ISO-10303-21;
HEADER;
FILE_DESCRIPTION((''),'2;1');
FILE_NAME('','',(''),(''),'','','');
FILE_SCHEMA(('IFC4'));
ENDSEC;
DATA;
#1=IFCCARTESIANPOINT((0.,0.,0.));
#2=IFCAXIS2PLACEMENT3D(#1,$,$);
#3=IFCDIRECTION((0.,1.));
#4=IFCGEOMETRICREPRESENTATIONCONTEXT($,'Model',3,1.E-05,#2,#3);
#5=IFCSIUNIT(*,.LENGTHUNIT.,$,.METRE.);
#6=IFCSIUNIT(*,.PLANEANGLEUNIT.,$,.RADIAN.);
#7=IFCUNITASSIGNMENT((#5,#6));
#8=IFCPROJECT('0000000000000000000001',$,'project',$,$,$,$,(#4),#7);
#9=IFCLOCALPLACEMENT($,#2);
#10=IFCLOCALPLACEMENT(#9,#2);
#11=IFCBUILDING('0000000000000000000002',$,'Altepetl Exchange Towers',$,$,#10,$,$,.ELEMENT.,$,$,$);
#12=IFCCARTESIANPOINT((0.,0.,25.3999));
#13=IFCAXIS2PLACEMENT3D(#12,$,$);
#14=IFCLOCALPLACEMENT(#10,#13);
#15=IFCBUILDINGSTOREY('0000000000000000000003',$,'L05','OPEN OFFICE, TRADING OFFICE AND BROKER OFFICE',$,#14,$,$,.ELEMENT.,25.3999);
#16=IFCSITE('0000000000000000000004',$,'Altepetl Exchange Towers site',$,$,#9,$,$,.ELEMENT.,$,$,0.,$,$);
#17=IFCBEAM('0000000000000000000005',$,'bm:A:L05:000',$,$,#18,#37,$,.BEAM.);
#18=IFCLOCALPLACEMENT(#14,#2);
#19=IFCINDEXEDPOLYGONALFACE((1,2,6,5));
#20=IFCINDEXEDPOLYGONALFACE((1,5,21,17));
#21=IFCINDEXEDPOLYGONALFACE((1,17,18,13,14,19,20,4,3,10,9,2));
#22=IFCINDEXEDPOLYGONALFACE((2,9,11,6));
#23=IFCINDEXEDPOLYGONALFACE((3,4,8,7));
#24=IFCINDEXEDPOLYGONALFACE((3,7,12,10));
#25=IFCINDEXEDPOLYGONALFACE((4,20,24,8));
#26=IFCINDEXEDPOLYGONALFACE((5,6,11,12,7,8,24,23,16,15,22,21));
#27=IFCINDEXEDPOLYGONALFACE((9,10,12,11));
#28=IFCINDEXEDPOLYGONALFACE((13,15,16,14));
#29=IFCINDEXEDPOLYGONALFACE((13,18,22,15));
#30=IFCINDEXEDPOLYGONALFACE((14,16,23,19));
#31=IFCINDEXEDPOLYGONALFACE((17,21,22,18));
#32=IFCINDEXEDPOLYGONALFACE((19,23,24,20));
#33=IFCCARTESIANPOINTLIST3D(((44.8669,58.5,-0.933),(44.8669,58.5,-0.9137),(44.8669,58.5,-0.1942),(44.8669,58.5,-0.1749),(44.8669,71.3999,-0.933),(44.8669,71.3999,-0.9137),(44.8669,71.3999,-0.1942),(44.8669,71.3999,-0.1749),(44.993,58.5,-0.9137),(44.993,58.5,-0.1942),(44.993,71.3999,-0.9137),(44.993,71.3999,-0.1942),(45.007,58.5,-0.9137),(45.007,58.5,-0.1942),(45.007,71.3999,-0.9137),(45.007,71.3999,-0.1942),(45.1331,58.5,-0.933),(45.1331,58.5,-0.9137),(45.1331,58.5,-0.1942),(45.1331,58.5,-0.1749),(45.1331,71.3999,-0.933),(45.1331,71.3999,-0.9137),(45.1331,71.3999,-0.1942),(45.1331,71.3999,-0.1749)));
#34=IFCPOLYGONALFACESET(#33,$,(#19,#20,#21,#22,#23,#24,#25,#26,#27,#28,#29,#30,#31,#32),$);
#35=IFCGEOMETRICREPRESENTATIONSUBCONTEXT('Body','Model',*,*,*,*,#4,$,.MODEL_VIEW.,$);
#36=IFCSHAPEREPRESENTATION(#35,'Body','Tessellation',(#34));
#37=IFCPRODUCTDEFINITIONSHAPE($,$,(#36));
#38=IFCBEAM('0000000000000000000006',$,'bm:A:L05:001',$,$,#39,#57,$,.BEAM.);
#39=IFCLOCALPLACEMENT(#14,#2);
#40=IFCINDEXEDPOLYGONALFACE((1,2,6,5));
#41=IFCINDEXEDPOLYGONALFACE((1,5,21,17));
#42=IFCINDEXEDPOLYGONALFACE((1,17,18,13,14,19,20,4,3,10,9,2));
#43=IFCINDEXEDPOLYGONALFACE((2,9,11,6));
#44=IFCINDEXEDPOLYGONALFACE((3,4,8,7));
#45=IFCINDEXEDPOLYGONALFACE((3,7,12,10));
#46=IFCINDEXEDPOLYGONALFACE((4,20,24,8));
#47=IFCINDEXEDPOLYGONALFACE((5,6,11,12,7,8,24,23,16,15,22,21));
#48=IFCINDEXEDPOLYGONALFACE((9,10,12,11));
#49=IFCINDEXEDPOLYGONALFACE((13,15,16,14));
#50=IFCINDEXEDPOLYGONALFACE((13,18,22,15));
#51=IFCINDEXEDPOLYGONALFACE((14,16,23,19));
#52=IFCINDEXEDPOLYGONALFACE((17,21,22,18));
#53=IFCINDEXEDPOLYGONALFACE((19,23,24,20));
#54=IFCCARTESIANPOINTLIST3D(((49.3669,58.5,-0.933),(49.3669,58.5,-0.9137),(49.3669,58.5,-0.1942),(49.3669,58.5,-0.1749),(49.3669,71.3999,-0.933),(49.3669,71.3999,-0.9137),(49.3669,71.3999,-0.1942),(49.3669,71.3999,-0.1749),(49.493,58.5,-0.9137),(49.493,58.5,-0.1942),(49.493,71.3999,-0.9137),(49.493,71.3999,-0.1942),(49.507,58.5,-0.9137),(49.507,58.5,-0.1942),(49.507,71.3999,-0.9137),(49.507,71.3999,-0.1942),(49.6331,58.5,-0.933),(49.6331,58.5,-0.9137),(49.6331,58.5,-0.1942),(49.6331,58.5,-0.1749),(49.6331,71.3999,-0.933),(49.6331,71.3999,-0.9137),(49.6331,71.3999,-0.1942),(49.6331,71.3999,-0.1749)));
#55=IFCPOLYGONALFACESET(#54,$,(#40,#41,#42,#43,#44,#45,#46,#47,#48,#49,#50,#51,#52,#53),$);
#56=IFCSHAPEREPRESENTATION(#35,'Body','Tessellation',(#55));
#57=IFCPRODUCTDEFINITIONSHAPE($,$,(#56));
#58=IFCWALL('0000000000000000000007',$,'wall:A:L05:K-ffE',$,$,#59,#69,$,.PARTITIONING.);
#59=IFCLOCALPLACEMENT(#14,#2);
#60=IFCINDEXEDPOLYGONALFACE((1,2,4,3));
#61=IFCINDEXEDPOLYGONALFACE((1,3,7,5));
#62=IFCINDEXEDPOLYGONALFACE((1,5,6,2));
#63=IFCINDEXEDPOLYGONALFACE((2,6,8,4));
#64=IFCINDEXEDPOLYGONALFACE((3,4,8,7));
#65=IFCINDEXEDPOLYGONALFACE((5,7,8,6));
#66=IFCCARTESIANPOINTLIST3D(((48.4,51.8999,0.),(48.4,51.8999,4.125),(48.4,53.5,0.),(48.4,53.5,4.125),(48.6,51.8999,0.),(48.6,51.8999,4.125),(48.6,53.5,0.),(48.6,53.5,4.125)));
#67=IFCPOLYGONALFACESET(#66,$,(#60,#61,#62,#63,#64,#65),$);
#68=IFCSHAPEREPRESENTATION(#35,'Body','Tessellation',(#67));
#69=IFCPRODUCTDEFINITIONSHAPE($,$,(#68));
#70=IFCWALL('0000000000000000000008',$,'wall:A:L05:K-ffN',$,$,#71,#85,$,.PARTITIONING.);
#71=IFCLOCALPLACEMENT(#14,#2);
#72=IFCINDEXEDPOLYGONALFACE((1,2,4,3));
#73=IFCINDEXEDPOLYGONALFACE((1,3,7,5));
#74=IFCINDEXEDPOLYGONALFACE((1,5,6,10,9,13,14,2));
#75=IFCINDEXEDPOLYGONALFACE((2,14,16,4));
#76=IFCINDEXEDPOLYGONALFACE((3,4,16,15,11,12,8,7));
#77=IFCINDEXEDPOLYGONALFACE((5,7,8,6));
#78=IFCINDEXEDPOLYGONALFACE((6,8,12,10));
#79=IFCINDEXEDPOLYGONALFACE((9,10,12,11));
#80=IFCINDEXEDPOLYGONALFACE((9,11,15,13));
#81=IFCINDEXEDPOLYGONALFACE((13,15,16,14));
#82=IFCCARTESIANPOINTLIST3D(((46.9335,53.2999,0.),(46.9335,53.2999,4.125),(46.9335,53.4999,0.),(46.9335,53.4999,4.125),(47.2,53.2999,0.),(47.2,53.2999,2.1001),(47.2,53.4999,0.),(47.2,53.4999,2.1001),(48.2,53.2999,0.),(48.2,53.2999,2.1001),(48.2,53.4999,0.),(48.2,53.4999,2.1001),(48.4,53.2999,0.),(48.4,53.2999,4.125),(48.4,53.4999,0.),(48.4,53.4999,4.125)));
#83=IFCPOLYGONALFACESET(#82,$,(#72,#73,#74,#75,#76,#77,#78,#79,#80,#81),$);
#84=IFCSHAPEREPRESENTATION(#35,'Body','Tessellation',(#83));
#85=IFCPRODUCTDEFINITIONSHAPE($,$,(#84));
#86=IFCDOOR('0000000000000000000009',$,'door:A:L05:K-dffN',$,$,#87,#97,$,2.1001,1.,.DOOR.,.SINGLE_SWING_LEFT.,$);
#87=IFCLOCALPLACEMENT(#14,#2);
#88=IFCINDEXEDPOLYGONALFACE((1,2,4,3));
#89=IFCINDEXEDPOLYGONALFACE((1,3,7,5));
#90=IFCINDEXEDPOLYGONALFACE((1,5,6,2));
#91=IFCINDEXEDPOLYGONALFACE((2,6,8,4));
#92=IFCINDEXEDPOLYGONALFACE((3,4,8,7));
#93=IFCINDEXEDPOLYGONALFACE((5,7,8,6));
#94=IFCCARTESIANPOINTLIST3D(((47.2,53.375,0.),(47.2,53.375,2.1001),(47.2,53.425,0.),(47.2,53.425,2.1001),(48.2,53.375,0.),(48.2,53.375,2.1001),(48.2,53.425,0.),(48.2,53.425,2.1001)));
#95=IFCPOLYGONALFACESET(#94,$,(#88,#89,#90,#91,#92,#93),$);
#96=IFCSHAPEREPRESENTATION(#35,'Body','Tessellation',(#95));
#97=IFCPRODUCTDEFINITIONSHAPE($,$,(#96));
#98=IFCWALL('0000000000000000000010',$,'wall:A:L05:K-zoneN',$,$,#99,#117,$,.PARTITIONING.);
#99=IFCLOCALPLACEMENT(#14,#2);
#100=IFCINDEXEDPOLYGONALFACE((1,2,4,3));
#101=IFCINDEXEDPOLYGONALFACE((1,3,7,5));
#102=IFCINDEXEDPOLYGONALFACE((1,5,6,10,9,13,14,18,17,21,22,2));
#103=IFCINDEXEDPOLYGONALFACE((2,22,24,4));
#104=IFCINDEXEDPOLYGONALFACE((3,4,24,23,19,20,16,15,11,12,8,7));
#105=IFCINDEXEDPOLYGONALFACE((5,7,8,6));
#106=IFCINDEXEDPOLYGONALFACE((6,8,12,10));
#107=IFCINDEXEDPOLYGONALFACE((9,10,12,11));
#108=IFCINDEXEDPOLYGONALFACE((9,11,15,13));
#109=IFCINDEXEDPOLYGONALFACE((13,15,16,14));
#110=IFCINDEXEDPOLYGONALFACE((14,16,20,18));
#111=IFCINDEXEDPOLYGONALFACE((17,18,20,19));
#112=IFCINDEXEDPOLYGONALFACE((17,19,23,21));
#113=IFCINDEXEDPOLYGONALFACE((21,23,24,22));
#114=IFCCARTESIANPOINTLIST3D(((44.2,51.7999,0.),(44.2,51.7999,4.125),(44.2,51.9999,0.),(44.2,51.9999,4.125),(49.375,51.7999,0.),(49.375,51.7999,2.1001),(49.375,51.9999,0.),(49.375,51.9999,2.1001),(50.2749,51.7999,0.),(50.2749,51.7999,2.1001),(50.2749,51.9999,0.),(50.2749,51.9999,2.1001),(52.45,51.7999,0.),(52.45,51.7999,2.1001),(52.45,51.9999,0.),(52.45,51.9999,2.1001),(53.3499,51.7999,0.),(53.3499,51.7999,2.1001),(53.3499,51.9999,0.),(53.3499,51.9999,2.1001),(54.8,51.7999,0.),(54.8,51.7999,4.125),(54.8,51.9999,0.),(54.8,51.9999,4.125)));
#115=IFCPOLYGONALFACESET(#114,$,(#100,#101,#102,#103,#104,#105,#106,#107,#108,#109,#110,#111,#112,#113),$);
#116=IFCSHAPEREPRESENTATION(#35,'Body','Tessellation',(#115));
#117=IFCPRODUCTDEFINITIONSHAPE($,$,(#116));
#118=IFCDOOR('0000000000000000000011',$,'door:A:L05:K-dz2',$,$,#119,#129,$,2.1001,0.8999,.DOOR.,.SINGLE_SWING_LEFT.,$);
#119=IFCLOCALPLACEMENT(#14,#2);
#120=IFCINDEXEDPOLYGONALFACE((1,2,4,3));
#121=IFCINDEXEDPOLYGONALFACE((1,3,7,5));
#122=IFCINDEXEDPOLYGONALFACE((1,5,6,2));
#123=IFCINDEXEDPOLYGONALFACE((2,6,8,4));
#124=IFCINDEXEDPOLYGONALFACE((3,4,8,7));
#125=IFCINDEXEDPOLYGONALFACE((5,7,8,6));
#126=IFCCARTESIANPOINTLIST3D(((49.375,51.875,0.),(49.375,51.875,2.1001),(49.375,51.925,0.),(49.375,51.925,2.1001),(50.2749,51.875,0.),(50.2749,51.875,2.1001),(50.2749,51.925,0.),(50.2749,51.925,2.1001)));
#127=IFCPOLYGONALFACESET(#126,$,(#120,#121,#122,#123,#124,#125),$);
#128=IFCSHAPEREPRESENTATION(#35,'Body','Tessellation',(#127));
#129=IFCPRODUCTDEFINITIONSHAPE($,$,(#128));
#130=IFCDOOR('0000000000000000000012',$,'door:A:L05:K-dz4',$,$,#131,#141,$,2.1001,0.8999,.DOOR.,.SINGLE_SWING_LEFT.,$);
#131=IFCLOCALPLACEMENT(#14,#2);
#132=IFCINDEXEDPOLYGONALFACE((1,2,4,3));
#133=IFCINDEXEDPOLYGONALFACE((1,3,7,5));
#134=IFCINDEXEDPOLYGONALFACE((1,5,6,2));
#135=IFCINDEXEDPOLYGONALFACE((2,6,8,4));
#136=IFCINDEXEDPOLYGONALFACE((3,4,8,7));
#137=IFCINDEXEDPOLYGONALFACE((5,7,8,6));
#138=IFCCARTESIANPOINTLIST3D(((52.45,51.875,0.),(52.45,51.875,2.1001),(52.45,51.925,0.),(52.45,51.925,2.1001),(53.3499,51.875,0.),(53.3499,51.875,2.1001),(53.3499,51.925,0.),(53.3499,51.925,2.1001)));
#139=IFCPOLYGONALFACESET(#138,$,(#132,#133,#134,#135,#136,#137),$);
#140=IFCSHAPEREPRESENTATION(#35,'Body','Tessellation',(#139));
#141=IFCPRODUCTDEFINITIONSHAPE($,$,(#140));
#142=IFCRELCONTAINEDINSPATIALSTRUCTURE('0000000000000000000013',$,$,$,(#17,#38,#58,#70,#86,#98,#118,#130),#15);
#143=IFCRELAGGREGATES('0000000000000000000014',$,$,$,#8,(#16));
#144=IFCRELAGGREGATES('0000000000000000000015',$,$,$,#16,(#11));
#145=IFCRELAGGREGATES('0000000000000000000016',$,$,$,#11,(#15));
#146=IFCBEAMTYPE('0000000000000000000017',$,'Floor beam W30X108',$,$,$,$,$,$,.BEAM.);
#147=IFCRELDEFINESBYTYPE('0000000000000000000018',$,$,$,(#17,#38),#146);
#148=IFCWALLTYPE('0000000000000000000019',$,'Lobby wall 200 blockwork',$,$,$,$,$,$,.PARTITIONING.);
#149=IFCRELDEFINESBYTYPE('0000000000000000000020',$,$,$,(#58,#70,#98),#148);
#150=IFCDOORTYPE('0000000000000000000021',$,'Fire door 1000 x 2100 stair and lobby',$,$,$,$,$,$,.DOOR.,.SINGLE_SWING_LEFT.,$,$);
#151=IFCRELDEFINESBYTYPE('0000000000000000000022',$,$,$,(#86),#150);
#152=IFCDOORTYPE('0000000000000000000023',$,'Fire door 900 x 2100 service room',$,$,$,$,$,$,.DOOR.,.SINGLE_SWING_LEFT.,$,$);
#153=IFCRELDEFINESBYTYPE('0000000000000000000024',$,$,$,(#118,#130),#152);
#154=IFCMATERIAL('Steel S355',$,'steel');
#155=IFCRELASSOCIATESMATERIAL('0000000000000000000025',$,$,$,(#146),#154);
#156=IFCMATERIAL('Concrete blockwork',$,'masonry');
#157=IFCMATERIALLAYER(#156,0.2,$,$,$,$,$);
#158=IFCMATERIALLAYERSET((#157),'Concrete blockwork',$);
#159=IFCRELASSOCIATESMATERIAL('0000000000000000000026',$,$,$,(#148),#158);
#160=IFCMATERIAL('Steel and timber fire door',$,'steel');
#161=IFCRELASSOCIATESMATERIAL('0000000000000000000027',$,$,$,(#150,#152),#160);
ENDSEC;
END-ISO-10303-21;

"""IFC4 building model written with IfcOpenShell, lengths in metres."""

from ifc_helpers import new_model, si_unit, direction, frame, frame_2d, origin, origin_2d, place, context, subcontext, project, spatial, rectangle, i_section, extrude, material, layer, layer_set, material_profile, profile_set, type_object, element, fill, save


model = new_model("IFC4")

# Units and contexts
model_context = context("Model", 3, precision=1e-05, world=origin(), true_north=direction((0.0, 1.0)))
body_context = subcontext(model_context, "Body", "Model", "MODEL_VIEW")
ifc_project = project(units=[si_unit("LENGTHUNIT", "METRE"), si_unit("PLANEANGLEUNIT", "RADIAN")], contexts=[model_context])

# Site, building, storey
site_placement = place(None, origin())
site = spatial("IfcSite", under=ifc_project, at=site_placement, Name="Altepetl Exchange Towers site", CompositionType="ELEMENT", RefElevation=0.0)
building_placement = place(site_placement, origin())
building = spatial("IfcBuilding", under=site, at=building_placement, Name="Altepetl Exchange Towers", CompositionType="ELEMENT")
storey_placement = place(building_placement, frame((0.0, 0.0, 25.3999)))
storey = spatial("IfcBuildingStorey", under=building, at=storey_placement, Name="L05", Description="OPEN OFFICE, TRADING OFFICE AND BROKER OFFICE", CompositionType="ELEMENT", Elevation=25.3999)

# Beams
ifc_material_1 = material(Name="Steel S355", Category="steel")
ifc_material_profile = material_profile(ifc_material_1, i_section(OverallWidth=0.2661, OverallDepth=0.7581, WebThickness=0.0139, FlangeThickness=0.0193, at=origin_2d()), Name="W30X108")
ifc_profile_set = profile_set([ifc_material_profile], Name="Steel S355")
beam_type = type_object("IfcBeamType", Name="Floor beam W30X108", PredefinedType="BEAM", material=ifc_profile_set)
for number, where, z_axis, x_axis, name in (
    (1, (45.0, 58.5, -0.554), (0.0, 1.0, 0.0), (-1.0, 0.0, 0.0), "bm:A:L05:000"),
    (2, (49.5, 58.5, -0.554), (0.0, 1.0, 0.0), (-1.0, 0.0, 0.0), "bm:A:L05:001"),
):
    element("IfcBeam", number, at=place(storey_placement, frame(where, z_axis=z_axis, x_axis=x_axis)), inside=storey, type_object=beam_type, Name=name, PredefinedType="BEAM", context=body_context, shape_type="SweptSolid", body=[
        extrude(i_section(OverallWidth=0.2661, OverallDepth=0.7581, WebThickness=0.0139, FlangeThickness=0.0193, at=origin_2d()), origin(), (0.0, 0.0, 1.0), 12.8999),
    ])

# Wall
ifc_material_2 = material(Name="Concrete blockwork", Category="masonry")
ifc_layer_1 = layer(ifc_material_2, 0.2)
ifc_layer_set_1 = layer_set([ifc_layer_1], Name="Concrete blockwork")
wall_type_1 = type_object("IfcWallType", Name="Lobby wall 200 blockwork", PredefinedType="PARTITIONING", material=ifc_layer_set_1)
wall_1_placement = place(storey_placement, frame((48.5, 51.8999, 0.0), z_axis=(0.0, 0.0, 1.0), x_axis=(0.0, 1.0, 0.0)))
element("IfcWall", 3, at=wall_1_placement, inside=storey, type_object=wall_type_1, Name="wall:A:L05:K-ffE", PredefinedType="PARTITIONING", context=body_context, shape_type="SweptSolid", body=[
    extrude(rectangle(XDim=1.6001, YDim=0.2, at=frame_2d((0.8, 0.0))), origin(), (0.0, 0.0, 1.0), 4.125),
])

# Wall, opening, door
wall_2_placement = place(storey_placement, frame((46.9333, 53.3999, 0.0)))
wall_2 = element("IfcWall", 4, at=wall_2_placement, inside=storey, type_object=wall_type_1, Name="wall:A:L05:K-ffN", PredefinedType="PARTITIONING", context=body_context, shape_type="SweptSolid", body=[
    extrude(rectangle(XDim=1.4666, YDim=0.2, at=frame_2d((0.7334, 0.0))), origin(), (0.0, 0.0, 1.0), 4.125),
])
opening_1_placement = place(wall_2_placement, frame((0.2666, 0.0, 0.0)))
opening_1 = element("IfcOpeningElement", 5, at=opening_1_placement, cuts=wall_2, PredefinedType="OPENING", context=body_context, shape_type="SweptSolid", body=[
    extrude(rectangle(XDim=1.0, YDim=2.1001, at=frame_2d((0.5, 1.05))), frame((0.0, 0.1099, 0.0), z_axis=(0.0, -1.0, 0.0), x_axis=(1.0, 0.0, 0.0)), (0.0, 0.0, 1.0), 0.22),
])
ifc_material_3 = material(Name="Steel and timber fire door", Category="steel")
door_type_1 = type_object("IfcDoorType", Name="Fire door 1000 x 2100 stair and lobby", OperationType="SINGLE_SWING_LEFT", PredefinedType="DOOR", material=ifc_material_3)
door_1_placement = place(opening_1_placement, frame((1.0, 0.0, 0.0), x_axis=(-1.0, 0.0, 0.0)))
door_1 = element("IfcDoor", 6, at=door_1_placement, inside=storey, type_object=door_type_1, Name="door:A:L05:K-dffN", OperationType="SINGLE_SWING_LEFT", OverallHeight=2.1001, OverallWidth=1.0, PredefinedType="DOOR", context=body_context, shape_type="SweptSolid", body=[
    extrude(rectangle(XDim=1.0, YDim=2.1001, at=frame_2d((0.5, 1.05))), frame((0.0, 0.0249, 0.0), z_axis=(0.0, -1.0, 0.0), x_axis=(1.0, 0.0, 0.0)), (0.0, 0.0, 1.0), 0.05),
])
fill(opening_1, door_1)

# Wall, openings, doors
wall_3_placement = place(storey_placement, frame((44.2, 51.8999, 0.0)))
wall_3 = element("IfcWall", 7, at=wall_3_placement, inside=storey, type_object=wall_type_1, Name="wall:A:L05:K-zoneN", PredefinedType="PARTITIONING", context=body_context, shape_type="SweptSolid", body=[
    extrude(rectangle(XDim=10.6001, YDim=0.2, at=frame_2d((5.3, 0.0))), origin(), (0.0, 0.0, 1.0), 4.125),
])
opening_2_placement = place(wall_3_placement, frame((5.175, 0.0, 0.0)))
opening_2 = element("IfcOpeningElement", 8, at=opening_2_placement, cuts=wall_3, PredefinedType="OPENING", context=body_context, shape_type="SweptSolid", body=[
    extrude(rectangle(XDim=0.8999, YDim=2.1001, at=frame_2d((0.45, 1.05))), frame((0.0, 0.1099, 0.0), z_axis=(0.0, -1.0, 0.0), x_axis=(1.0, 0.0, 0.0)), (0.0, 0.0, 1.0), 0.22),
])
opening_3_placement = place(wall_3_placement, frame((8.25, 0.0, 0.0)))
opening_3 = element("IfcOpeningElement", 9, at=opening_3_placement, cuts=wall_3, PredefinedType="OPENING", context=body_context, shape_type="SweptSolid", body=[
    extrude(rectangle(XDim=0.8999, YDim=2.1001, at=frame_2d((0.45, 1.05))), frame((0.0, 0.1099, 0.0), z_axis=(0.0, -1.0, 0.0), x_axis=(1.0, 0.0, 0.0)), (0.0, 0.0, 1.0), 0.22),
])
door_type_2 = type_object("IfcDoorType", Name="Fire door 900 x 2100 service room", OperationType="SINGLE_SWING_LEFT", PredefinedType="DOOR", material=ifc_material_3)
door_2_placement = place(opening_2_placement, frame((0.8999, 0.0, 0.0), x_axis=(-1.0, 0.0, 0.0)))
door_2 = element("IfcDoor", 10, at=door_2_placement, inside=storey, type_object=door_type_2, Name="door:A:L05:K-dz2", OperationType="SINGLE_SWING_LEFT", OverallHeight=2.1001, OverallWidth=0.8999, PredefinedType="DOOR", context=body_context, shape_type="SweptSolid", body=[
    extrude(rectangle(XDim=0.8999, YDim=2.1001, at=frame_2d((0.45, 1.05))), frame((0.0, 0.0249, 0.0), z_axis=(0.0, -1.0, 0.0), x_axis=(1.0, 0.0, 0.0)), (0.0, 0.0, 1.0), 0.05),
])
fill(opening_2, door_2)
door_3_placement = place(opening_3_placement, frame((0.8999, 0.0, 0.0), x_axis=(-1.0, 0.0, 0.0)))
door_3 = element("IfcDoor", 11, at=door_3_placement, inside=storey, type_object=door_type_2, Name="door:A:L05:K-dz4", OperationType="SINGLE_SWING_LEFT", OverallHeight=2.1001, OverallWidth=0.8999, PredefinedType="DOOR", context=body_context, shape_type="SweptSolid", body=[
    extrude(rectangle(XDim=0.8999, YDim=2.1001, at=frame_2d((0.45, 1.05))), frame((0.0, 0.0249, 0.0), z_axis=(0.0, -1.0, 0.0), x_axis=(1.0, 0.0, 0.0)), (0.0, 0.0, 1.0), 0.05),
])
fill(opening_3, door_3)

save(model, "model.ifc")
